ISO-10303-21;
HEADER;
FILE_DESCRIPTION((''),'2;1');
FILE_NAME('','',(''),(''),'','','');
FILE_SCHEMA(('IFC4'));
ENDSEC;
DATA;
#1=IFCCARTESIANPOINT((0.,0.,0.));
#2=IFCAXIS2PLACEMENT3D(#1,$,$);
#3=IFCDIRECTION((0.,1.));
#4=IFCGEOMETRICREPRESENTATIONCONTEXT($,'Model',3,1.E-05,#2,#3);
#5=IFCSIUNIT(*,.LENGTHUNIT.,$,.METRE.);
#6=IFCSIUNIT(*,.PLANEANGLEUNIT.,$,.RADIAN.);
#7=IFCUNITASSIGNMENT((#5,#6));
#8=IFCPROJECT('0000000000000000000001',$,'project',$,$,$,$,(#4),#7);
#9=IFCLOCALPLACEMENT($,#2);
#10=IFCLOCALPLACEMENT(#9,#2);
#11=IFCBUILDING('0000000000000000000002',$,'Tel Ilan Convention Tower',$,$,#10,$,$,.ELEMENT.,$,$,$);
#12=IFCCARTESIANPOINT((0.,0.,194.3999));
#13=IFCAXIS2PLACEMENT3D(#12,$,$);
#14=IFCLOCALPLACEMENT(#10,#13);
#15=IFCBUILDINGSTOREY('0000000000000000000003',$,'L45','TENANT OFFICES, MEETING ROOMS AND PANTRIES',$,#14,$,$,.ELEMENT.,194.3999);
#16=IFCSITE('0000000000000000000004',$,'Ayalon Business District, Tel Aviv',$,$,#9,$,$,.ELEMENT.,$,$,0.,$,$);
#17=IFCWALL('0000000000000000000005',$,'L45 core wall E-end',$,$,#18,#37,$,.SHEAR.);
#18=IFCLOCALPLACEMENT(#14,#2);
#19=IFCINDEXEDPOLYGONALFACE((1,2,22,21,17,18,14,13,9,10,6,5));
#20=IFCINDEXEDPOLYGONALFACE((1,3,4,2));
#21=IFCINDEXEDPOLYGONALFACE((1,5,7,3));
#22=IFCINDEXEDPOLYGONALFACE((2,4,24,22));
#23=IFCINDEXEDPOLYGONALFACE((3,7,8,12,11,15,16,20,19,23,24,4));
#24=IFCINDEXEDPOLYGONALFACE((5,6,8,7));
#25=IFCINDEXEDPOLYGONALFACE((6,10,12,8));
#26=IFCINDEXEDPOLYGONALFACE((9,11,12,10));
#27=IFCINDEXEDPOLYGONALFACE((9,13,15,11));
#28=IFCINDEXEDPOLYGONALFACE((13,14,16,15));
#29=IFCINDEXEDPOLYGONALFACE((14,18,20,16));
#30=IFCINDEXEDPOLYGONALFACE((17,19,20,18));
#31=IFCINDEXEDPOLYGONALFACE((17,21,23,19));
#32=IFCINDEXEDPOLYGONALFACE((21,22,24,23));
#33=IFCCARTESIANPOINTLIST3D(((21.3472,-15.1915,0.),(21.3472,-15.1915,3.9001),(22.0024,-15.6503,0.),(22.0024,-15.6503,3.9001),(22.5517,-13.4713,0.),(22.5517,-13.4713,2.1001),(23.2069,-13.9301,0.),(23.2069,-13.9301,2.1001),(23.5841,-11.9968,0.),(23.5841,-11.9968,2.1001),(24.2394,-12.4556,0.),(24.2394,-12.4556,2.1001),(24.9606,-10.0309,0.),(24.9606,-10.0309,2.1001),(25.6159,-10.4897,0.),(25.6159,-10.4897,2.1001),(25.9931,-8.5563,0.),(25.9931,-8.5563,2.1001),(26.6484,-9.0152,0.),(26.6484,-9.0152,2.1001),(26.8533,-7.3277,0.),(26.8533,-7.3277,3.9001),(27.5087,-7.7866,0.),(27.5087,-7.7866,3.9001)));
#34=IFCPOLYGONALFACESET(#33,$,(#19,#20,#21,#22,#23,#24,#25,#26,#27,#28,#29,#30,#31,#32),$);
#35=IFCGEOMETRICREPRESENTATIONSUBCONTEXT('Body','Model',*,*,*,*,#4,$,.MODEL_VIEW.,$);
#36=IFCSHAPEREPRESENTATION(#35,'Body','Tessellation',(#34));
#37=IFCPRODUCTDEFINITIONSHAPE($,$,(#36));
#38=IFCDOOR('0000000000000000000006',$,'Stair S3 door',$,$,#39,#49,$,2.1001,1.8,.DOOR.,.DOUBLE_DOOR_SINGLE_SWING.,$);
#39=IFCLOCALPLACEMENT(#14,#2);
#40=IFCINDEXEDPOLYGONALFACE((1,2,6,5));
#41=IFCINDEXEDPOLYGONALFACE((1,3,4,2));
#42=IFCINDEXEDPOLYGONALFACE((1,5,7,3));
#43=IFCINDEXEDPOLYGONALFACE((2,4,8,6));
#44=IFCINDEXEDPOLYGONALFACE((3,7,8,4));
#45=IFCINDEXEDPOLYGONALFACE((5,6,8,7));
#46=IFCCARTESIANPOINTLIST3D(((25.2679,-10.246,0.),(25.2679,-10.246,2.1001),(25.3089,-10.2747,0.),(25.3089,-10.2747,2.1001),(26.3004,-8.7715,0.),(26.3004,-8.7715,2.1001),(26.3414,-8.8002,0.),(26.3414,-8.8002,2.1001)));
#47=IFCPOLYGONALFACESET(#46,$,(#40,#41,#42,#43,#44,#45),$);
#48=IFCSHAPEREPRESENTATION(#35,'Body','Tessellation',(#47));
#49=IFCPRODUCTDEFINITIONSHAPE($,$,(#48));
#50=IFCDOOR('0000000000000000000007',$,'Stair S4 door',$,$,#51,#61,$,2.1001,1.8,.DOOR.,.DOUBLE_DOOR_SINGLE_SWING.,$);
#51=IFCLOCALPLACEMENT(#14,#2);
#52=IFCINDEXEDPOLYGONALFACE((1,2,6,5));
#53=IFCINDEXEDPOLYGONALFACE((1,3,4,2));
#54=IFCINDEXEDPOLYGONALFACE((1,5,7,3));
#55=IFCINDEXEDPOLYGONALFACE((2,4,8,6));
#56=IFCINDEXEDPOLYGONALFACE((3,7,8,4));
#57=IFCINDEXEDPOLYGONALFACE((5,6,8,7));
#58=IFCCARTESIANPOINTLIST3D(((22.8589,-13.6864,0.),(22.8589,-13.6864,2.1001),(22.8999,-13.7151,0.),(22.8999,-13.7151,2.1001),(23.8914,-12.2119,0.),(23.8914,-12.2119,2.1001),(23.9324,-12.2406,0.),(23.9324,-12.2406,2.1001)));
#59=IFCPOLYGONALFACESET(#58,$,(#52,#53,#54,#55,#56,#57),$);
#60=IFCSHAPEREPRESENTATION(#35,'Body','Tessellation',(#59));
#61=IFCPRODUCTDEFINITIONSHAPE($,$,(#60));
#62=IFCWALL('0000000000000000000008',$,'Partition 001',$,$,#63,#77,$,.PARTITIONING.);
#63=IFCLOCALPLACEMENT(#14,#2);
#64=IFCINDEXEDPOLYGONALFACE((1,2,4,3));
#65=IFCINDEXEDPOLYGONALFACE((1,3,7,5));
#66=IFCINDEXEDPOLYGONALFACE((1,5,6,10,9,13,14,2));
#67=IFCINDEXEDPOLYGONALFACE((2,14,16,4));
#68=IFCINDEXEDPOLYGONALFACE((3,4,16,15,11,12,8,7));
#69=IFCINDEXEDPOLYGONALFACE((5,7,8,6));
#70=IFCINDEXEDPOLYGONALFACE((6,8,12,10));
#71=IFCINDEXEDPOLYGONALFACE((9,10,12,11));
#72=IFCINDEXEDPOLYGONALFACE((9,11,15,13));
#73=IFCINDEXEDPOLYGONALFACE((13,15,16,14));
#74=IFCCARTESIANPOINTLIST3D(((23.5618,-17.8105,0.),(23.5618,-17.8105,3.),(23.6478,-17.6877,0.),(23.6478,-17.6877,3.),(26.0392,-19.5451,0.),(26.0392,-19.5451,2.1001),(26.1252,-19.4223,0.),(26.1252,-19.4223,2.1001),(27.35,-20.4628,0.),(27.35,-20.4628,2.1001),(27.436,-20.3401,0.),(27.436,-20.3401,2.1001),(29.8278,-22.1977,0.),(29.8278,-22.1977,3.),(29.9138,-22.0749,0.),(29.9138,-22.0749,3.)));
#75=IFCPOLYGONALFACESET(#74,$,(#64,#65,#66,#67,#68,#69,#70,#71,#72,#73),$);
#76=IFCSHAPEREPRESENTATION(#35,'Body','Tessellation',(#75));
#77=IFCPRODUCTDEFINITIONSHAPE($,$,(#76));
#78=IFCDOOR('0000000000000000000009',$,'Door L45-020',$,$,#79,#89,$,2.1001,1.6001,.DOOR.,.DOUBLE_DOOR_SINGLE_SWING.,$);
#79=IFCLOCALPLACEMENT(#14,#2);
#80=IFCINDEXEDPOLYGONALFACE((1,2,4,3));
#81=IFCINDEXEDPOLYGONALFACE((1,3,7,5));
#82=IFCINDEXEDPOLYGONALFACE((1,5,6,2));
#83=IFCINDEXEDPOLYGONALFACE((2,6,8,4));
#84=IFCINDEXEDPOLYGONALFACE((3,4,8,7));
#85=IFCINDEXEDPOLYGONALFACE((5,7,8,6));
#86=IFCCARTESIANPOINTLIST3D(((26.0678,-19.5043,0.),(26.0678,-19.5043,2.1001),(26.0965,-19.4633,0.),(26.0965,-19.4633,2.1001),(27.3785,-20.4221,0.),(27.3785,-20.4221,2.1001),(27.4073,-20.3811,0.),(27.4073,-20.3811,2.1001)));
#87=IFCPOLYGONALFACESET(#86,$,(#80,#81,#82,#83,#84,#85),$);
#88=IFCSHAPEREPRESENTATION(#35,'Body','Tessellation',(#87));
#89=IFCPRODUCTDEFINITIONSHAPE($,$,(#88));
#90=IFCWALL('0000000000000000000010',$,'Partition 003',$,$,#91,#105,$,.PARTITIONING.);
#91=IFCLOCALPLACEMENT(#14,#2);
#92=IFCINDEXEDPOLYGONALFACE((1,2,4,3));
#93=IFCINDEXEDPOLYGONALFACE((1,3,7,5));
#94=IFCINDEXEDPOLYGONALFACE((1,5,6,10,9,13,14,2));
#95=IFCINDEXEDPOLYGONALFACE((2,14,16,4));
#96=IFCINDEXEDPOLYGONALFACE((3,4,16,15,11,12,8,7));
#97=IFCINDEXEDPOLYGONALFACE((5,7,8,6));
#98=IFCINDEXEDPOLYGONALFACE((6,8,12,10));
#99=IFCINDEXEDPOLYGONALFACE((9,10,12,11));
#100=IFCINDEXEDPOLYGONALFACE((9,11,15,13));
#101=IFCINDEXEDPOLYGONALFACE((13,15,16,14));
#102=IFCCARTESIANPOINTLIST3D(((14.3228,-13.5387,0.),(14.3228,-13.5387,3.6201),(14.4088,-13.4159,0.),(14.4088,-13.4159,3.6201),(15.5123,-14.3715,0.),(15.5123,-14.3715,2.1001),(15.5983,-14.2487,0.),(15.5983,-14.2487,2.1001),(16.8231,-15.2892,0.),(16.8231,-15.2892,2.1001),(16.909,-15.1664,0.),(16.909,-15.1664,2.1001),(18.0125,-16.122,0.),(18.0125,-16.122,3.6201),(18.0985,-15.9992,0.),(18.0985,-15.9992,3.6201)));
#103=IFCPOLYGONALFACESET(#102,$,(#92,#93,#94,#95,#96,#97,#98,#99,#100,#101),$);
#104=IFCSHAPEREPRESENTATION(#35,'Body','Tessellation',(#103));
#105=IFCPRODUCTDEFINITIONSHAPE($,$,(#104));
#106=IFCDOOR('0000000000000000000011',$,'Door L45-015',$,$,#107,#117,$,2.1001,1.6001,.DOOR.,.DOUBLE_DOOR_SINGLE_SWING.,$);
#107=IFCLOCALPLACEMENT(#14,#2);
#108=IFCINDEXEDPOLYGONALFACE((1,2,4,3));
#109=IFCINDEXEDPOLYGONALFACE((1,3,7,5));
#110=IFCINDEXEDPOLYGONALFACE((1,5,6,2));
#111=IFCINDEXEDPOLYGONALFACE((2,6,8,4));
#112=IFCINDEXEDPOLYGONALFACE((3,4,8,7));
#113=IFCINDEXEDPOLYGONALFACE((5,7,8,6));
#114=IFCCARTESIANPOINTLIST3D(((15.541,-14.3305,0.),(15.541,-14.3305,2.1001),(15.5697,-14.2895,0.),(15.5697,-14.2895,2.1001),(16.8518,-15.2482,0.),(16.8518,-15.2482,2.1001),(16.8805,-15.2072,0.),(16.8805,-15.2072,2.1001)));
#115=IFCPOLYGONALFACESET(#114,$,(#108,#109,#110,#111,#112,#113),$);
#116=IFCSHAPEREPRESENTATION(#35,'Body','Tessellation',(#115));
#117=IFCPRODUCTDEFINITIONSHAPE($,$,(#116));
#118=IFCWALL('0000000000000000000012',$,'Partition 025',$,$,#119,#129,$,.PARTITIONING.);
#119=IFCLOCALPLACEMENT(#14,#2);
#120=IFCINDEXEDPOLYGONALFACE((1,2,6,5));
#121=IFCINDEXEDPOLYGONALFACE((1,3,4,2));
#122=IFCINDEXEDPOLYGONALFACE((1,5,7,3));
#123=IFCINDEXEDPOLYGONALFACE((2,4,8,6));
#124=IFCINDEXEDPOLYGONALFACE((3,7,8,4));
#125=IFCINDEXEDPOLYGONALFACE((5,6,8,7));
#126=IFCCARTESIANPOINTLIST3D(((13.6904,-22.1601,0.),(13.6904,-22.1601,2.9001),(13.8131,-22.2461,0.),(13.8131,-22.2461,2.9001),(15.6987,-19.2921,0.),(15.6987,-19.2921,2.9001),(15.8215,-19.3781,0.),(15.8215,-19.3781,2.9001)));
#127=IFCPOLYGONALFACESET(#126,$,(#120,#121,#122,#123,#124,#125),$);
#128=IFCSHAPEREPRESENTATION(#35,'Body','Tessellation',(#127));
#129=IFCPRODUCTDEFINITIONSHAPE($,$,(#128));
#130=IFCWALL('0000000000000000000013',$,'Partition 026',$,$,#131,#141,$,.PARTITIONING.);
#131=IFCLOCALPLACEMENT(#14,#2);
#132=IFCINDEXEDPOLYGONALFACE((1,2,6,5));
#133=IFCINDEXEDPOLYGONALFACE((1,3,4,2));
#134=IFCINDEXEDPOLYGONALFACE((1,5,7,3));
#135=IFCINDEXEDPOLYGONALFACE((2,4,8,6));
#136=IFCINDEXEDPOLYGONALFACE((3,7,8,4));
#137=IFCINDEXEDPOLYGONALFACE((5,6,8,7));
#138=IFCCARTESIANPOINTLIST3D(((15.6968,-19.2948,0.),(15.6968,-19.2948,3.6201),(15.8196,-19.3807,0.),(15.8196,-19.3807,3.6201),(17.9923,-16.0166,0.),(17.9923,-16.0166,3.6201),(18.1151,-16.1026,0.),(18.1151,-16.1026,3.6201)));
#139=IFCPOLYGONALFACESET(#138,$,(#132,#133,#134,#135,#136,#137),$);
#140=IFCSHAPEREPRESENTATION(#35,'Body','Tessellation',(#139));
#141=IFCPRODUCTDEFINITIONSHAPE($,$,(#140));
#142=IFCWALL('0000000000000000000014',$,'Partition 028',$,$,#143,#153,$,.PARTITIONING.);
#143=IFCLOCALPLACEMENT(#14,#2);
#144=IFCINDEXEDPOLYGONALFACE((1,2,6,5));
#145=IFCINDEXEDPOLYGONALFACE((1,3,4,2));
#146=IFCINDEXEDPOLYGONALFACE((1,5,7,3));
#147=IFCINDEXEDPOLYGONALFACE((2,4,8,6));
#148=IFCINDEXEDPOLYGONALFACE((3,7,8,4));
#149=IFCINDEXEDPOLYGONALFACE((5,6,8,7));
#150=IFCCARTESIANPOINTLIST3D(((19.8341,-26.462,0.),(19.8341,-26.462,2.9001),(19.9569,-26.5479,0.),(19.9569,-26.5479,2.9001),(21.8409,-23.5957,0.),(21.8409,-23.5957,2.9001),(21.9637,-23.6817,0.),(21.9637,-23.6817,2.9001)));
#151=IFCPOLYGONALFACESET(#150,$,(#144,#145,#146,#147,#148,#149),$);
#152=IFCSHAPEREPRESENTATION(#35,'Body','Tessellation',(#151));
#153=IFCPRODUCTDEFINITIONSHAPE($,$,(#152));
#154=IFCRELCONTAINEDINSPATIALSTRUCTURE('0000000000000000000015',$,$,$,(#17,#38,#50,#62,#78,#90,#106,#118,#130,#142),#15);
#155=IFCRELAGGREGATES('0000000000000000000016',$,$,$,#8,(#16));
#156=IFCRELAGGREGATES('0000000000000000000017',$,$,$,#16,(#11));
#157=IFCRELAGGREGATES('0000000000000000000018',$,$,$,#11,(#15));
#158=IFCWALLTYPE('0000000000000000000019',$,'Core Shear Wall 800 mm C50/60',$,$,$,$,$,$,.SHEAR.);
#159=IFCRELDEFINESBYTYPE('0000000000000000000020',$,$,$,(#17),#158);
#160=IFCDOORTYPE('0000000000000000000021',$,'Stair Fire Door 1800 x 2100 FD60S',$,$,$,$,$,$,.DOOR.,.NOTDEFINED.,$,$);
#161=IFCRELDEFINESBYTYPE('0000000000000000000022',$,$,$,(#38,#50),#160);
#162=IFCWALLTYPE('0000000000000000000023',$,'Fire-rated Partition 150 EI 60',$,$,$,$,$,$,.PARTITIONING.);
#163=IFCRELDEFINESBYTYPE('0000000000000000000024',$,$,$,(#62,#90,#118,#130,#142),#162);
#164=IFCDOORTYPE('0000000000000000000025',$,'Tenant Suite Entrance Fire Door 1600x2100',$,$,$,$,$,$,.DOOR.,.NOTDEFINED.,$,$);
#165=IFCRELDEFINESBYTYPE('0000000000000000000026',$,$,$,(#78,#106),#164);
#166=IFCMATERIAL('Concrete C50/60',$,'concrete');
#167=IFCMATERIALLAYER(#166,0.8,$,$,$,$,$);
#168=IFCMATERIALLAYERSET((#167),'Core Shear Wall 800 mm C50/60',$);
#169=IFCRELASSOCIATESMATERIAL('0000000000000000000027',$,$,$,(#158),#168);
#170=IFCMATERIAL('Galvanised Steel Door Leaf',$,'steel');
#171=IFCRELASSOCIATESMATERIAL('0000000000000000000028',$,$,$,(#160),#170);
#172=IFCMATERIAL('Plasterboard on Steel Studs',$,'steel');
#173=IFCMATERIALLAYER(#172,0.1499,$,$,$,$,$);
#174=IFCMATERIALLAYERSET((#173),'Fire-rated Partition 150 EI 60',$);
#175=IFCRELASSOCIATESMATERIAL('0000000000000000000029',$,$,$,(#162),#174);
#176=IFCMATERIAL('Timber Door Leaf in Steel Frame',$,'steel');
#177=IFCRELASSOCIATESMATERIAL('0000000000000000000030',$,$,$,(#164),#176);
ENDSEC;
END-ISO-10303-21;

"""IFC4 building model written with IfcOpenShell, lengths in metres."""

from ifc_helpers import new_model, si_unit, direction, frame, frame_2d, origin, place, context, subcontext, project, spatial, polyline, rectangle, outline, extrude, material, layer, layer_set, type_object, element, fill, save


model = new_model("IFC4")

# Units and contexts
model_context = context("Model", 3, precision=1e-05, world=origin(), true_north=direction((0.0, 1.0)))
body_context = subcontext(model_context, "Body", "Model", "MODEL_VIEW")
ifc_project = project(units=[si_unit("LENGTHUNIT", "METRE"), si_unit("PLANEANGLEUNIT", "RADIAN")], contexts=[model_context])

# Site, building, storey
site_placement = place(None, origin())
site = spatial("IfcSite", under=ifc_project, at=site_placement, Name="Ayalon Business District, Tel Aviv", CompositionType="ELEMENT", RefElevation=0.0)
building_placement = place(site_placement, origin())
building = spatial("IfcBuilding", under=site, at=building_placement, Name="Tel Ilan Convention Tower", CompositionType="ELEMENT")
storey_placement = place(building_placement, frame((0.0, 0.0, 194.3999)))
storey = spatial("IfcBuildingStorey", under=building, at=storey_placement, Name="L45", Description="TENANT OFFICES, MEETING ROOMS AND PANTRIES", CompositionType="ELEMENT", Elevation=194.3999)

# Wall, openings, doors
ifc_material_1 = material(Name="Concrete C50/60", Category="concrete")
ifc_layer_1 = layer(ifc_material_1, 0.8)
ifc_layer_set_1 = layer_set([ifc_layer_1], Name="Core Shear Wall 800 mm C50/60")
wall_type_1 = type_object("IfcWallType", Name="Core Shear Wall 800 mm C50/60", PredefinedType="SHEAR", material=ifc_layer_set_1)
wall_1_placement = place(storey_placement, frame((21.6748, -15.4209, 0.0), z_axis=(0.0, 0.0, 1.0), x_axis=(0.573582, 0.819148, 0.0)))
wall_1 = element("IfcWall", 1, at=wall_1_placement, inside=storey, type_object=wall_type_1, Name="L45 core wall E-end", PredefinedType="SHEAR", context=body_context, shape_type="SweptSolid", body=[
    extrude(outline(polyline([(9.5999, 0.4001), (0.0, 0.3999), (0.0, -0.3999), (9.5999, -0.3999), (9.5999, 0.4001)])), origin(), (0.0, 0.0, 1.0), 3.9001),
])
opening_1_placement = place(wall_1_placement, frame((6.3, 0.0, 0.0)))
opening_1 = element("IfcOpeningElement", 2, at=opening_1_placement, cuts=wall_1, PredefinedType="OPENING", context=body_context, shape_type="SweptSolid", body=[
    extrude(rectangle(XDim=1.8, YDim=2.1001, at=frame_2d((0.8999, 1.05))), frame((0.0, 0.4099, 0.0), z_axis=(0.0, -1.0, 0.0), x_axis=(1.0, 0.0, 0.0)), (0.0, 0.0, 1.0), 0.8201),
])
opening_2_placement = place(wall_1_placement, frame((2.1001, 0.0, 0.0)))
opening_2 = element("IfcOpeningElement", 3, at=opening_2_placement, cuts=wall_1, PredefinedType="OPENING", context=body_context, shape_type="SweptSolid", body=[
    extrude(rectangle(XDim=1.8, YDim=2.1001, at=frame_2d((0.8999, 1.05))), frame((0.0, 0.4099, 0.0), z_axis=(0.0, -1.0, 0.0), x_axis=(1.0, 0.0, 0.0)), (0.0, 0.0, 1.0), 0.8201),
])
ifc_material_2 = material(Name="Galvanised Steel Door Leaf", Category="steel")
door_type_1 = type_object("IfcDoorType", Name="Stair Fire Door 1800 x 2100 FD60S", OperationType="NOTDEFINED", PredefinedType="DOOR", material=ifc_material_2)
door_1_placement = place(opening_1_placement, origin())
door_1 = element("IfcDoor", 4, at=door_1_placement, inside=storey, type_object=door_type_1, Name="Stair S3 door", OperationType="DOUBLE_DOOR_SINGLE_SWING", OverallHeight=2.1001, OverallWidth=1.8, PredefinedType="DOOR", context=body_context, shape_type="SweptSolid", body=[
    extrude(rectangle(XDim=1.8, YDim=2.1001, at=frame_2d((0.8999, 1.05))), frame((0.0, 0.0249, 0.0), z_axis=(0.0, -1.0, 0.0), x_axis=(1.0, 0.0, 0.0)), (0.0, 0.0, 1.0), 0.05),
])
fill(opening_1, door_1)
door_2_placement = place(opening_2_placement, origin())
door_2 = element("IfcDoor", 5, at=door_2_placement, inside=storey, type_object=door_type_1, Name="Stair S4 door", OperationType="DOUBLE_DOOR_SINGLE_SWING", OverallHeight=2.1001, OverallWidth=1.8, PredefinedType="DOOR", context=body_context, shape_type="SweptSolid", body=[
    extrude(rectangle(XDim=1.8, YDim=2.1001, at=frame_2d((0.8999, 1.05))), frame((0.0, 0.0249, 0.0), z_axis=(0.0, -1.0, 0.0), x_axis=(1.0, 0.0, 0.0)), (0.0, 0.0, 1.0), 0.05),
])
fill(opening_2, door_2)

# Walls, openings, doors
ifc_material_3 = material(Name="Plasterboard on Steel Studs", Category="steel")
ifc_layer_2 = layer(ifc_material_3, 0.1499)
ifc_layer_set_2 = layer_set([ifc_layer_2], Name="Fire-rated Partition 150 EI 60")
wall_type_2 = type_object("IfcWallType", Name="Fire-rated Partition 150 EI 60", PredefinedType="PARTITIONING", material=ifc_layer_set_2)
wall_2_placement = place(storey_placement, frame((23.6047, -17.749, 0.0), z_axis=(0.0, 0.0, 1.0), x_axis=(0.819164, -0.573559, 0.0)))
wall_2 = element("IfcWall", 6, at=wall_2_placement, inside=storey, type_object=wall_type_2, Name="Partition 001", PredefinedType="PARTITIONING", context=body_context, shape_type="SweptSolid", body=[
    extrude(rectangle(XDim=7.6492, YDim=0.1499, at=frame_2d((3.8247, 0.0))), origin(), (0.0, 0.0, 1.0), 3.0),
])
opening_3_placement = place(wall_2_placement, frame((3.0244, 0.0, 0.0)))
opening_3 = element("IfcOpeningElement", 7, at=opening_3_placement, cuts=wall_2, PredefinedType="OPENING", context=body_context, shape_type="SweptSolid", body=[
    extrude(rectangle(XDim=1.6001, YDim=2.1001, at=frame_2d((0.8, 1.05))), frame((0.0, 0.085, 0.0), z_axis=(0.0, -1.0, 0.0), x_axis=(1.0, 0.0, 0.0)), (0.0, 0.0, 1.0), 0.1699),
])
ifc_material_4 = material(Name="Timber Door Leaf in Steel Frame", Category="steel")
door_type_2 = type_object("IfcDoorType", Name="Tenant Suite Entrance Fire Door 1600x2100", OperationType="NOTDEFINED", PredefinedType="DOOR", material=ifc_material_4)
door_3_placement = place(opening_3_placement, origin())
door_3 = element("IfcDoor", 8, at=door_3_placement, inside=storey, type_object=door_type_2, Name="Door L45-020", OperationType="DOUBLE_DOOR_SINGLE_SWING", OverallHeight=2.1001, OverallWidth=1.6001, PredefinedType="DOOR", context=body_context, shape_type="SweptSolid", body=[
    extrude(rectangle(XDim=1.6001, YDim=2.1001, at=frame_2d((0.8, 1.05))), frame((0.0, 0.0249, 0.0), z_axis=(0.0, -1.0, 0.0), x_axis=(1.0, 0.0, 0.0)), (0.0, 0.0, 1.0), 0.05),
])
fill(opening_3, door_3)
wall_3_placement = place(storey_placement, frame((18.0554, -16.0605, 0.0), z_axis=(0.0, 0.0, 1.0), x_axis=(-0.819184, 0.573531, 0.0)))
wall_3 = element("IfcWall", 9, at=wall_3_placement, inside=storey, type_object=wall_type_2, Name="Partition 003", PredefinedType="PARTITIONING", context=body_context, shape_type="SweptSolid", body=[
    extrude(rectangle(XDim=4.5042, YDim=0.1499, at=frame_2d((2.252, 0.0))), origin(), (0.0, 0.0, 1.0), 3.6201),
])
opening_4_placement = place(wall_3_placement, frame((1.4519, 0.0, 0.0)))
opening_4 = element("IfcOpeningElement", 10, at=opening_4_placement, cuts=wall_3, PredefinedType="OPENING", context=body_context, shape_type="SweptSolid", body=[
    extrude(rectangle(XDim=1.6001, YDim=2.1001, at=frame_2d((0.8, 1.05))), frame((0.0, 0.085, 0.0), z_axis=(0.0, -1.0, 0.0), x_axis=(1.0, 0.0, 0.0)), (0.0, 0.0, 1.0), 0.1699),
])
door_4_placement = place(opening_4_placement, origin())
door_4 = element("IfcDoor", 11, at=door_4_placement, inside=storey, type_object=door_type_2, Name="Door L45-015", OperationType="DOUBLE_DOOR_SINGLE_SWING", OverallHeight=2.1001, OverallWidth=1.6001, PredefinedType="DOOR", context=body_context, shape_type="SweptSolid", body=[
    extrude(rectangle(XDim=1.6001, YDim=2.1001, at=frame_2d((0.8, 1.05))), frame((0.0, 0.0249, 0.0), z_axis=(0.0, -1.0, 0.0), x_axis=(1.0, 0.0, 0.0)), (0.0, 0.0, 1.0), 0.05),
])
fill(opening_4, door_4)

# Walls
wall_4_placement = place(storey_placement, frame((15.76, -19.3352, 0.0), z_axis=(0.0, 0.0, 1.0), x_axis=(-0.573607, -0.81913, 0.0)))
element("IfcWall", 12, at=wall_4_placement, inside=storey, type_object=wall_type_2, Name="Partition 025", PredefinedType="PARTITIONING", context=body_context, shape_type="SweptSolid", body=[
    extrude(rectangle(XDim=3.5012, YDim=0.1499, at=frame_2d((1.7505, 0.0))), origin(), (0.0, 0.0, 1.0), 2.9001),
])
wall_5_placement = place(storey_placement, frame((18.0537, -16.0596, 0.0), z_axis=(0.0, 0.0, 1.0), x_axis=(-0.573589, -0.819143, 0.0)))
element("IfcWall", 13, at=wall_5_placement, inside=storey, type_object=wall_type_2, Name="Partition 026", PredefinedType="PARTITIONING", context=body_context, shape_type="SweptSolid", body=[
    extrude(rectangle(XDim=4.002, YDim=0.1499, at=frame_2d((2.001, 0.0))), origin(), (0.0, 0.0, 1.0), 3.6201),
])
wall_6_placement = place(storey_placement, frame((21.9023, -23.6387, 0.0), z_axis=(0.0, 0.0, 1.0), x_axis=(-0.573556, -0.819166, 0.0)))
element("IfcWall", 14, at=wall_6_placement, inside=storey, type_object=wall_type_2, Name="Partition 028", PredefinedType="PARTITIONING", context=body_context, shape_type="SweptSolid", body=[
    extrude(rectangle(XDim=3.499, YDim=0.1499, at=frame_2d((1.7495, 0.0))), origin(), (0.0, 0.0, 1.0), 2.9001),
])

save(model, "model.ifc")
